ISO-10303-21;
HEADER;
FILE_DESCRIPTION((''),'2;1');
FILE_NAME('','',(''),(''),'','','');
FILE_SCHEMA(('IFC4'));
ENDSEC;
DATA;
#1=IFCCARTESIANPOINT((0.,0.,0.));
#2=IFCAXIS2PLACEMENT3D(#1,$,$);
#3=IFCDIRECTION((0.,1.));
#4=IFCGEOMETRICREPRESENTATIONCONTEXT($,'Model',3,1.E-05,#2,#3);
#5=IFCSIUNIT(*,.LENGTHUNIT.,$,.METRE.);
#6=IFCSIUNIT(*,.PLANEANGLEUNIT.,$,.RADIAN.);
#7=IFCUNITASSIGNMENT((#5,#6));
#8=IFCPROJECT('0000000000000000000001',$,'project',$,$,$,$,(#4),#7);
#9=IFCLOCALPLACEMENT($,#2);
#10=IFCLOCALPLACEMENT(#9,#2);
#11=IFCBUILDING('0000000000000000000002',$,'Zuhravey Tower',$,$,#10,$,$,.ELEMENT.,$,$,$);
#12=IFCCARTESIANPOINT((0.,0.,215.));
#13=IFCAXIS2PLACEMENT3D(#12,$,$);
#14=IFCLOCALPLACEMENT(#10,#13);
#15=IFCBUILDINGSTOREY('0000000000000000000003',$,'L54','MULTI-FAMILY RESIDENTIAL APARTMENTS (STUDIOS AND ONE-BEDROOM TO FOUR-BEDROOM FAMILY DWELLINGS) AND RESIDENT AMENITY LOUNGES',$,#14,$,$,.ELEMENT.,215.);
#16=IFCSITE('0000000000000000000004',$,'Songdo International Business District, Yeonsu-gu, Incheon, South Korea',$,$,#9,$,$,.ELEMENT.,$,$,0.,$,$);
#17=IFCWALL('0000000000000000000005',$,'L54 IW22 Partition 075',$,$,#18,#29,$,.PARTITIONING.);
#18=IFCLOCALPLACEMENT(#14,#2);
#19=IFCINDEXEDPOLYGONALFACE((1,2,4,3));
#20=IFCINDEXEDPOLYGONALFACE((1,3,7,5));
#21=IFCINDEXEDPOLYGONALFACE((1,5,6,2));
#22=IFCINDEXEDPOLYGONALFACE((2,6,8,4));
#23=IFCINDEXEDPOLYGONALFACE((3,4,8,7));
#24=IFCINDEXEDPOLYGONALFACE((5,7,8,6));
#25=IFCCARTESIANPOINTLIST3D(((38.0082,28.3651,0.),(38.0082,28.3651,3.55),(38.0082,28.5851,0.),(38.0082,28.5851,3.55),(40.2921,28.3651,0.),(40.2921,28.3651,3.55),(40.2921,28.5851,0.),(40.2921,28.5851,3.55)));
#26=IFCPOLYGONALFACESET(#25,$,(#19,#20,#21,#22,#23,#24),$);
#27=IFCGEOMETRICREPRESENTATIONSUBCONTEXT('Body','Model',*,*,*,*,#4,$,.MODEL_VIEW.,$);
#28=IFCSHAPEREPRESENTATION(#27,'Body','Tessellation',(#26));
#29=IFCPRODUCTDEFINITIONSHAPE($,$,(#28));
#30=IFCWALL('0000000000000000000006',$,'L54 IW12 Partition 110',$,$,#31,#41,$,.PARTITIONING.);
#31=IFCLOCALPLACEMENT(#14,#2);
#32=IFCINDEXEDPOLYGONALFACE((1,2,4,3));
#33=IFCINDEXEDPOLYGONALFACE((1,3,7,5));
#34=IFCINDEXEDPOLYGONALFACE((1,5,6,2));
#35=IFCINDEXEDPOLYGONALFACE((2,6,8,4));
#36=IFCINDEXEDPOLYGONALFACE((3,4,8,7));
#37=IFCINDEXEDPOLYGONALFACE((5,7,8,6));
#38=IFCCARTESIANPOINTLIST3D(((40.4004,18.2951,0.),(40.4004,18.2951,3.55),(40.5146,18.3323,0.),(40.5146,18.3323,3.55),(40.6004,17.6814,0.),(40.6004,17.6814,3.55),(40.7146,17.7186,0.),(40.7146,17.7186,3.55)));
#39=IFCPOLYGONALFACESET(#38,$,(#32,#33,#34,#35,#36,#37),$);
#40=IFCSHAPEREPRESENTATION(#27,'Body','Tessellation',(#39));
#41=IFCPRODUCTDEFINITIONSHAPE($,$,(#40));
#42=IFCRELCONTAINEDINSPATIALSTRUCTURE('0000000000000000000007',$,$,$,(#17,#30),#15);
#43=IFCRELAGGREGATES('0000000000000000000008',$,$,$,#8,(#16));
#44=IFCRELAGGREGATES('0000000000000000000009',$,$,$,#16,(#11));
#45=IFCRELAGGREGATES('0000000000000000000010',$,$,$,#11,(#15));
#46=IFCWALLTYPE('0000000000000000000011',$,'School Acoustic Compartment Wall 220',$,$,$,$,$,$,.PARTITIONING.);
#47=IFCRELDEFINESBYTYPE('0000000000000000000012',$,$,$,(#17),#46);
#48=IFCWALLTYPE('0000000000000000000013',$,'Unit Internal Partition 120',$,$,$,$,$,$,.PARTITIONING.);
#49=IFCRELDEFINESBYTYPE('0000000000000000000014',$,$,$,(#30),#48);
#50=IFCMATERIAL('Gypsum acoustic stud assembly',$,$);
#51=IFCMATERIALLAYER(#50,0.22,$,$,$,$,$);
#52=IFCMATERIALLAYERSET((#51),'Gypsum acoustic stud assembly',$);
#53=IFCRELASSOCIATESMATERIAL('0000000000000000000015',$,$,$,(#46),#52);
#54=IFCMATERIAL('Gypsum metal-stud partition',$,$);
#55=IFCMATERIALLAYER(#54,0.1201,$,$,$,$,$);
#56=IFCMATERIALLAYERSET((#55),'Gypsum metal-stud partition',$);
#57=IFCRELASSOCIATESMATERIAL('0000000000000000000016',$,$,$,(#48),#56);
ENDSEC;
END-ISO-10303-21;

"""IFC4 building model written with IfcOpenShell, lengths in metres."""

from ifc_helpers import new_model, si_unit, direction, frame, frame_2d, origin, place, context, subcontext, project, spatial, rectangle, extrude, material, layer, layer_set, type_object, element, save


model = new_model("IFC4")

# Units and contexts
model_context = context("Model", 3, precision=1e-05, world=origin(), true_north=direction((0.0, 1.0)))
body_context = subcontext(model_context, "Body", "Model", "MODEL_VIEW")
ifc_project = project(units=[si_unit("LENGTHUNIT", "METRE"), si_unit("PLANEANGLEUNIT", "RADIAN")], contexts=[model_context])

# Site, building, storey
site_placement = place(None, origin())
site = spatial("IfcSite", under=ifc_project, at=site_placement, Name="Songdo International Business District, Yeonsu-gu, Incheon, South Korea", CompositionType="ELEMENT", RefElevation=0.0)
building_placement = place(site_placement, origin())
building = spatial("IfcBuilding", under=site, at=building_placement, Name="Zuhravey Tower", CompositionType="ELEMENT")
storey_placement = place(building_placement, frame((0.0, 0.0, 215.0)))
storey = spatial("IfcBuildingStorey", under=building, at=storey_placement, Name="L54", Description="MULTI-FAMILY RESIDENTIAL APARTMENTS (STUDIOS AND ONE-BEDROOM TO FOUR-BEDROOM FAMILY DWELLINGS) AND RESIDENT AMENITY LOUNGES", CompositionType="ELEMENT", Elevation=215.0)

# Walls
ifc_material_1 = material(Name="Gypsum acoustic stud assembly")
ifc_layer_1 = layer(ifc_material_1, 0.22)
ifc_layer_set_1 = layer_set([ifc_layer_1], Name="Gypsum acoustic stud assembly")
wall_type_1 = type_object("IfcWallType", Name="School Acoustic Compartment Wall 220", PredefinedType="PARTITIONING", material=ifc_layer_set_1)
for number, where, z_axis, x_axis, name in (
    (1, (38.0081, 28.4751, 0.0), (0.0, 0.0, 1.0), (1.0, 0.0, 0.0), "L54 IW22 Partition 075"),
):
    element("IfcWall", number, at=place(storey_placement, frame(where, z_axis=z_axis, x_axis=x_axis)), inside=storey, type_object=wall_type_1, Name=name, PredefinedType="PARTITIONING", context=body_context, shape_type="SweptSolid", body=[
        extrude(rectangle(XDim=2.2839, YDim=0.22, at=frame_2d((1.1421, 0.0))), origin(), (0.0, 0.0, 1.0), 3.55),
    ])
ifc_material_2 = material(Name="Gypsum metal-stud partition")
ifc_layer_2 = layer(ifc_material_2, 0.1201)
ifc_layer_set_2 = layer_set([ifc_layer_2], Name="Gypsum metal-stud partition")
wall_type_2 = type_object("IfcWallType", Name="Unit Internal Partition 120", PredefinedType="PARTITIONING", material=ifc_layer_set_2)
wall_1_placement = place(storey_placement, frame((40.4575, 18.3137, 0.0), z_axis=(0.0, 0.0, 1.0), x_axis=(0.309753, -0.950817, 0.0)))
element("IfcWall", 2, at=wall_1_placement, inside=storey, type_object=wall_type_2, Name="L54 IW12 Partition 110", PredefinedType="PARTITIONING", context=body_context, shape_type="SweptSolid", body=[
    extrude(rectangle(XDim=0.6455, YDim=0.1201, at=frame_2d((0.3228, 0.0))), origin(), (0.0, 0.0, 1.0), 3.55),
])

save(model, "model.ifc")
